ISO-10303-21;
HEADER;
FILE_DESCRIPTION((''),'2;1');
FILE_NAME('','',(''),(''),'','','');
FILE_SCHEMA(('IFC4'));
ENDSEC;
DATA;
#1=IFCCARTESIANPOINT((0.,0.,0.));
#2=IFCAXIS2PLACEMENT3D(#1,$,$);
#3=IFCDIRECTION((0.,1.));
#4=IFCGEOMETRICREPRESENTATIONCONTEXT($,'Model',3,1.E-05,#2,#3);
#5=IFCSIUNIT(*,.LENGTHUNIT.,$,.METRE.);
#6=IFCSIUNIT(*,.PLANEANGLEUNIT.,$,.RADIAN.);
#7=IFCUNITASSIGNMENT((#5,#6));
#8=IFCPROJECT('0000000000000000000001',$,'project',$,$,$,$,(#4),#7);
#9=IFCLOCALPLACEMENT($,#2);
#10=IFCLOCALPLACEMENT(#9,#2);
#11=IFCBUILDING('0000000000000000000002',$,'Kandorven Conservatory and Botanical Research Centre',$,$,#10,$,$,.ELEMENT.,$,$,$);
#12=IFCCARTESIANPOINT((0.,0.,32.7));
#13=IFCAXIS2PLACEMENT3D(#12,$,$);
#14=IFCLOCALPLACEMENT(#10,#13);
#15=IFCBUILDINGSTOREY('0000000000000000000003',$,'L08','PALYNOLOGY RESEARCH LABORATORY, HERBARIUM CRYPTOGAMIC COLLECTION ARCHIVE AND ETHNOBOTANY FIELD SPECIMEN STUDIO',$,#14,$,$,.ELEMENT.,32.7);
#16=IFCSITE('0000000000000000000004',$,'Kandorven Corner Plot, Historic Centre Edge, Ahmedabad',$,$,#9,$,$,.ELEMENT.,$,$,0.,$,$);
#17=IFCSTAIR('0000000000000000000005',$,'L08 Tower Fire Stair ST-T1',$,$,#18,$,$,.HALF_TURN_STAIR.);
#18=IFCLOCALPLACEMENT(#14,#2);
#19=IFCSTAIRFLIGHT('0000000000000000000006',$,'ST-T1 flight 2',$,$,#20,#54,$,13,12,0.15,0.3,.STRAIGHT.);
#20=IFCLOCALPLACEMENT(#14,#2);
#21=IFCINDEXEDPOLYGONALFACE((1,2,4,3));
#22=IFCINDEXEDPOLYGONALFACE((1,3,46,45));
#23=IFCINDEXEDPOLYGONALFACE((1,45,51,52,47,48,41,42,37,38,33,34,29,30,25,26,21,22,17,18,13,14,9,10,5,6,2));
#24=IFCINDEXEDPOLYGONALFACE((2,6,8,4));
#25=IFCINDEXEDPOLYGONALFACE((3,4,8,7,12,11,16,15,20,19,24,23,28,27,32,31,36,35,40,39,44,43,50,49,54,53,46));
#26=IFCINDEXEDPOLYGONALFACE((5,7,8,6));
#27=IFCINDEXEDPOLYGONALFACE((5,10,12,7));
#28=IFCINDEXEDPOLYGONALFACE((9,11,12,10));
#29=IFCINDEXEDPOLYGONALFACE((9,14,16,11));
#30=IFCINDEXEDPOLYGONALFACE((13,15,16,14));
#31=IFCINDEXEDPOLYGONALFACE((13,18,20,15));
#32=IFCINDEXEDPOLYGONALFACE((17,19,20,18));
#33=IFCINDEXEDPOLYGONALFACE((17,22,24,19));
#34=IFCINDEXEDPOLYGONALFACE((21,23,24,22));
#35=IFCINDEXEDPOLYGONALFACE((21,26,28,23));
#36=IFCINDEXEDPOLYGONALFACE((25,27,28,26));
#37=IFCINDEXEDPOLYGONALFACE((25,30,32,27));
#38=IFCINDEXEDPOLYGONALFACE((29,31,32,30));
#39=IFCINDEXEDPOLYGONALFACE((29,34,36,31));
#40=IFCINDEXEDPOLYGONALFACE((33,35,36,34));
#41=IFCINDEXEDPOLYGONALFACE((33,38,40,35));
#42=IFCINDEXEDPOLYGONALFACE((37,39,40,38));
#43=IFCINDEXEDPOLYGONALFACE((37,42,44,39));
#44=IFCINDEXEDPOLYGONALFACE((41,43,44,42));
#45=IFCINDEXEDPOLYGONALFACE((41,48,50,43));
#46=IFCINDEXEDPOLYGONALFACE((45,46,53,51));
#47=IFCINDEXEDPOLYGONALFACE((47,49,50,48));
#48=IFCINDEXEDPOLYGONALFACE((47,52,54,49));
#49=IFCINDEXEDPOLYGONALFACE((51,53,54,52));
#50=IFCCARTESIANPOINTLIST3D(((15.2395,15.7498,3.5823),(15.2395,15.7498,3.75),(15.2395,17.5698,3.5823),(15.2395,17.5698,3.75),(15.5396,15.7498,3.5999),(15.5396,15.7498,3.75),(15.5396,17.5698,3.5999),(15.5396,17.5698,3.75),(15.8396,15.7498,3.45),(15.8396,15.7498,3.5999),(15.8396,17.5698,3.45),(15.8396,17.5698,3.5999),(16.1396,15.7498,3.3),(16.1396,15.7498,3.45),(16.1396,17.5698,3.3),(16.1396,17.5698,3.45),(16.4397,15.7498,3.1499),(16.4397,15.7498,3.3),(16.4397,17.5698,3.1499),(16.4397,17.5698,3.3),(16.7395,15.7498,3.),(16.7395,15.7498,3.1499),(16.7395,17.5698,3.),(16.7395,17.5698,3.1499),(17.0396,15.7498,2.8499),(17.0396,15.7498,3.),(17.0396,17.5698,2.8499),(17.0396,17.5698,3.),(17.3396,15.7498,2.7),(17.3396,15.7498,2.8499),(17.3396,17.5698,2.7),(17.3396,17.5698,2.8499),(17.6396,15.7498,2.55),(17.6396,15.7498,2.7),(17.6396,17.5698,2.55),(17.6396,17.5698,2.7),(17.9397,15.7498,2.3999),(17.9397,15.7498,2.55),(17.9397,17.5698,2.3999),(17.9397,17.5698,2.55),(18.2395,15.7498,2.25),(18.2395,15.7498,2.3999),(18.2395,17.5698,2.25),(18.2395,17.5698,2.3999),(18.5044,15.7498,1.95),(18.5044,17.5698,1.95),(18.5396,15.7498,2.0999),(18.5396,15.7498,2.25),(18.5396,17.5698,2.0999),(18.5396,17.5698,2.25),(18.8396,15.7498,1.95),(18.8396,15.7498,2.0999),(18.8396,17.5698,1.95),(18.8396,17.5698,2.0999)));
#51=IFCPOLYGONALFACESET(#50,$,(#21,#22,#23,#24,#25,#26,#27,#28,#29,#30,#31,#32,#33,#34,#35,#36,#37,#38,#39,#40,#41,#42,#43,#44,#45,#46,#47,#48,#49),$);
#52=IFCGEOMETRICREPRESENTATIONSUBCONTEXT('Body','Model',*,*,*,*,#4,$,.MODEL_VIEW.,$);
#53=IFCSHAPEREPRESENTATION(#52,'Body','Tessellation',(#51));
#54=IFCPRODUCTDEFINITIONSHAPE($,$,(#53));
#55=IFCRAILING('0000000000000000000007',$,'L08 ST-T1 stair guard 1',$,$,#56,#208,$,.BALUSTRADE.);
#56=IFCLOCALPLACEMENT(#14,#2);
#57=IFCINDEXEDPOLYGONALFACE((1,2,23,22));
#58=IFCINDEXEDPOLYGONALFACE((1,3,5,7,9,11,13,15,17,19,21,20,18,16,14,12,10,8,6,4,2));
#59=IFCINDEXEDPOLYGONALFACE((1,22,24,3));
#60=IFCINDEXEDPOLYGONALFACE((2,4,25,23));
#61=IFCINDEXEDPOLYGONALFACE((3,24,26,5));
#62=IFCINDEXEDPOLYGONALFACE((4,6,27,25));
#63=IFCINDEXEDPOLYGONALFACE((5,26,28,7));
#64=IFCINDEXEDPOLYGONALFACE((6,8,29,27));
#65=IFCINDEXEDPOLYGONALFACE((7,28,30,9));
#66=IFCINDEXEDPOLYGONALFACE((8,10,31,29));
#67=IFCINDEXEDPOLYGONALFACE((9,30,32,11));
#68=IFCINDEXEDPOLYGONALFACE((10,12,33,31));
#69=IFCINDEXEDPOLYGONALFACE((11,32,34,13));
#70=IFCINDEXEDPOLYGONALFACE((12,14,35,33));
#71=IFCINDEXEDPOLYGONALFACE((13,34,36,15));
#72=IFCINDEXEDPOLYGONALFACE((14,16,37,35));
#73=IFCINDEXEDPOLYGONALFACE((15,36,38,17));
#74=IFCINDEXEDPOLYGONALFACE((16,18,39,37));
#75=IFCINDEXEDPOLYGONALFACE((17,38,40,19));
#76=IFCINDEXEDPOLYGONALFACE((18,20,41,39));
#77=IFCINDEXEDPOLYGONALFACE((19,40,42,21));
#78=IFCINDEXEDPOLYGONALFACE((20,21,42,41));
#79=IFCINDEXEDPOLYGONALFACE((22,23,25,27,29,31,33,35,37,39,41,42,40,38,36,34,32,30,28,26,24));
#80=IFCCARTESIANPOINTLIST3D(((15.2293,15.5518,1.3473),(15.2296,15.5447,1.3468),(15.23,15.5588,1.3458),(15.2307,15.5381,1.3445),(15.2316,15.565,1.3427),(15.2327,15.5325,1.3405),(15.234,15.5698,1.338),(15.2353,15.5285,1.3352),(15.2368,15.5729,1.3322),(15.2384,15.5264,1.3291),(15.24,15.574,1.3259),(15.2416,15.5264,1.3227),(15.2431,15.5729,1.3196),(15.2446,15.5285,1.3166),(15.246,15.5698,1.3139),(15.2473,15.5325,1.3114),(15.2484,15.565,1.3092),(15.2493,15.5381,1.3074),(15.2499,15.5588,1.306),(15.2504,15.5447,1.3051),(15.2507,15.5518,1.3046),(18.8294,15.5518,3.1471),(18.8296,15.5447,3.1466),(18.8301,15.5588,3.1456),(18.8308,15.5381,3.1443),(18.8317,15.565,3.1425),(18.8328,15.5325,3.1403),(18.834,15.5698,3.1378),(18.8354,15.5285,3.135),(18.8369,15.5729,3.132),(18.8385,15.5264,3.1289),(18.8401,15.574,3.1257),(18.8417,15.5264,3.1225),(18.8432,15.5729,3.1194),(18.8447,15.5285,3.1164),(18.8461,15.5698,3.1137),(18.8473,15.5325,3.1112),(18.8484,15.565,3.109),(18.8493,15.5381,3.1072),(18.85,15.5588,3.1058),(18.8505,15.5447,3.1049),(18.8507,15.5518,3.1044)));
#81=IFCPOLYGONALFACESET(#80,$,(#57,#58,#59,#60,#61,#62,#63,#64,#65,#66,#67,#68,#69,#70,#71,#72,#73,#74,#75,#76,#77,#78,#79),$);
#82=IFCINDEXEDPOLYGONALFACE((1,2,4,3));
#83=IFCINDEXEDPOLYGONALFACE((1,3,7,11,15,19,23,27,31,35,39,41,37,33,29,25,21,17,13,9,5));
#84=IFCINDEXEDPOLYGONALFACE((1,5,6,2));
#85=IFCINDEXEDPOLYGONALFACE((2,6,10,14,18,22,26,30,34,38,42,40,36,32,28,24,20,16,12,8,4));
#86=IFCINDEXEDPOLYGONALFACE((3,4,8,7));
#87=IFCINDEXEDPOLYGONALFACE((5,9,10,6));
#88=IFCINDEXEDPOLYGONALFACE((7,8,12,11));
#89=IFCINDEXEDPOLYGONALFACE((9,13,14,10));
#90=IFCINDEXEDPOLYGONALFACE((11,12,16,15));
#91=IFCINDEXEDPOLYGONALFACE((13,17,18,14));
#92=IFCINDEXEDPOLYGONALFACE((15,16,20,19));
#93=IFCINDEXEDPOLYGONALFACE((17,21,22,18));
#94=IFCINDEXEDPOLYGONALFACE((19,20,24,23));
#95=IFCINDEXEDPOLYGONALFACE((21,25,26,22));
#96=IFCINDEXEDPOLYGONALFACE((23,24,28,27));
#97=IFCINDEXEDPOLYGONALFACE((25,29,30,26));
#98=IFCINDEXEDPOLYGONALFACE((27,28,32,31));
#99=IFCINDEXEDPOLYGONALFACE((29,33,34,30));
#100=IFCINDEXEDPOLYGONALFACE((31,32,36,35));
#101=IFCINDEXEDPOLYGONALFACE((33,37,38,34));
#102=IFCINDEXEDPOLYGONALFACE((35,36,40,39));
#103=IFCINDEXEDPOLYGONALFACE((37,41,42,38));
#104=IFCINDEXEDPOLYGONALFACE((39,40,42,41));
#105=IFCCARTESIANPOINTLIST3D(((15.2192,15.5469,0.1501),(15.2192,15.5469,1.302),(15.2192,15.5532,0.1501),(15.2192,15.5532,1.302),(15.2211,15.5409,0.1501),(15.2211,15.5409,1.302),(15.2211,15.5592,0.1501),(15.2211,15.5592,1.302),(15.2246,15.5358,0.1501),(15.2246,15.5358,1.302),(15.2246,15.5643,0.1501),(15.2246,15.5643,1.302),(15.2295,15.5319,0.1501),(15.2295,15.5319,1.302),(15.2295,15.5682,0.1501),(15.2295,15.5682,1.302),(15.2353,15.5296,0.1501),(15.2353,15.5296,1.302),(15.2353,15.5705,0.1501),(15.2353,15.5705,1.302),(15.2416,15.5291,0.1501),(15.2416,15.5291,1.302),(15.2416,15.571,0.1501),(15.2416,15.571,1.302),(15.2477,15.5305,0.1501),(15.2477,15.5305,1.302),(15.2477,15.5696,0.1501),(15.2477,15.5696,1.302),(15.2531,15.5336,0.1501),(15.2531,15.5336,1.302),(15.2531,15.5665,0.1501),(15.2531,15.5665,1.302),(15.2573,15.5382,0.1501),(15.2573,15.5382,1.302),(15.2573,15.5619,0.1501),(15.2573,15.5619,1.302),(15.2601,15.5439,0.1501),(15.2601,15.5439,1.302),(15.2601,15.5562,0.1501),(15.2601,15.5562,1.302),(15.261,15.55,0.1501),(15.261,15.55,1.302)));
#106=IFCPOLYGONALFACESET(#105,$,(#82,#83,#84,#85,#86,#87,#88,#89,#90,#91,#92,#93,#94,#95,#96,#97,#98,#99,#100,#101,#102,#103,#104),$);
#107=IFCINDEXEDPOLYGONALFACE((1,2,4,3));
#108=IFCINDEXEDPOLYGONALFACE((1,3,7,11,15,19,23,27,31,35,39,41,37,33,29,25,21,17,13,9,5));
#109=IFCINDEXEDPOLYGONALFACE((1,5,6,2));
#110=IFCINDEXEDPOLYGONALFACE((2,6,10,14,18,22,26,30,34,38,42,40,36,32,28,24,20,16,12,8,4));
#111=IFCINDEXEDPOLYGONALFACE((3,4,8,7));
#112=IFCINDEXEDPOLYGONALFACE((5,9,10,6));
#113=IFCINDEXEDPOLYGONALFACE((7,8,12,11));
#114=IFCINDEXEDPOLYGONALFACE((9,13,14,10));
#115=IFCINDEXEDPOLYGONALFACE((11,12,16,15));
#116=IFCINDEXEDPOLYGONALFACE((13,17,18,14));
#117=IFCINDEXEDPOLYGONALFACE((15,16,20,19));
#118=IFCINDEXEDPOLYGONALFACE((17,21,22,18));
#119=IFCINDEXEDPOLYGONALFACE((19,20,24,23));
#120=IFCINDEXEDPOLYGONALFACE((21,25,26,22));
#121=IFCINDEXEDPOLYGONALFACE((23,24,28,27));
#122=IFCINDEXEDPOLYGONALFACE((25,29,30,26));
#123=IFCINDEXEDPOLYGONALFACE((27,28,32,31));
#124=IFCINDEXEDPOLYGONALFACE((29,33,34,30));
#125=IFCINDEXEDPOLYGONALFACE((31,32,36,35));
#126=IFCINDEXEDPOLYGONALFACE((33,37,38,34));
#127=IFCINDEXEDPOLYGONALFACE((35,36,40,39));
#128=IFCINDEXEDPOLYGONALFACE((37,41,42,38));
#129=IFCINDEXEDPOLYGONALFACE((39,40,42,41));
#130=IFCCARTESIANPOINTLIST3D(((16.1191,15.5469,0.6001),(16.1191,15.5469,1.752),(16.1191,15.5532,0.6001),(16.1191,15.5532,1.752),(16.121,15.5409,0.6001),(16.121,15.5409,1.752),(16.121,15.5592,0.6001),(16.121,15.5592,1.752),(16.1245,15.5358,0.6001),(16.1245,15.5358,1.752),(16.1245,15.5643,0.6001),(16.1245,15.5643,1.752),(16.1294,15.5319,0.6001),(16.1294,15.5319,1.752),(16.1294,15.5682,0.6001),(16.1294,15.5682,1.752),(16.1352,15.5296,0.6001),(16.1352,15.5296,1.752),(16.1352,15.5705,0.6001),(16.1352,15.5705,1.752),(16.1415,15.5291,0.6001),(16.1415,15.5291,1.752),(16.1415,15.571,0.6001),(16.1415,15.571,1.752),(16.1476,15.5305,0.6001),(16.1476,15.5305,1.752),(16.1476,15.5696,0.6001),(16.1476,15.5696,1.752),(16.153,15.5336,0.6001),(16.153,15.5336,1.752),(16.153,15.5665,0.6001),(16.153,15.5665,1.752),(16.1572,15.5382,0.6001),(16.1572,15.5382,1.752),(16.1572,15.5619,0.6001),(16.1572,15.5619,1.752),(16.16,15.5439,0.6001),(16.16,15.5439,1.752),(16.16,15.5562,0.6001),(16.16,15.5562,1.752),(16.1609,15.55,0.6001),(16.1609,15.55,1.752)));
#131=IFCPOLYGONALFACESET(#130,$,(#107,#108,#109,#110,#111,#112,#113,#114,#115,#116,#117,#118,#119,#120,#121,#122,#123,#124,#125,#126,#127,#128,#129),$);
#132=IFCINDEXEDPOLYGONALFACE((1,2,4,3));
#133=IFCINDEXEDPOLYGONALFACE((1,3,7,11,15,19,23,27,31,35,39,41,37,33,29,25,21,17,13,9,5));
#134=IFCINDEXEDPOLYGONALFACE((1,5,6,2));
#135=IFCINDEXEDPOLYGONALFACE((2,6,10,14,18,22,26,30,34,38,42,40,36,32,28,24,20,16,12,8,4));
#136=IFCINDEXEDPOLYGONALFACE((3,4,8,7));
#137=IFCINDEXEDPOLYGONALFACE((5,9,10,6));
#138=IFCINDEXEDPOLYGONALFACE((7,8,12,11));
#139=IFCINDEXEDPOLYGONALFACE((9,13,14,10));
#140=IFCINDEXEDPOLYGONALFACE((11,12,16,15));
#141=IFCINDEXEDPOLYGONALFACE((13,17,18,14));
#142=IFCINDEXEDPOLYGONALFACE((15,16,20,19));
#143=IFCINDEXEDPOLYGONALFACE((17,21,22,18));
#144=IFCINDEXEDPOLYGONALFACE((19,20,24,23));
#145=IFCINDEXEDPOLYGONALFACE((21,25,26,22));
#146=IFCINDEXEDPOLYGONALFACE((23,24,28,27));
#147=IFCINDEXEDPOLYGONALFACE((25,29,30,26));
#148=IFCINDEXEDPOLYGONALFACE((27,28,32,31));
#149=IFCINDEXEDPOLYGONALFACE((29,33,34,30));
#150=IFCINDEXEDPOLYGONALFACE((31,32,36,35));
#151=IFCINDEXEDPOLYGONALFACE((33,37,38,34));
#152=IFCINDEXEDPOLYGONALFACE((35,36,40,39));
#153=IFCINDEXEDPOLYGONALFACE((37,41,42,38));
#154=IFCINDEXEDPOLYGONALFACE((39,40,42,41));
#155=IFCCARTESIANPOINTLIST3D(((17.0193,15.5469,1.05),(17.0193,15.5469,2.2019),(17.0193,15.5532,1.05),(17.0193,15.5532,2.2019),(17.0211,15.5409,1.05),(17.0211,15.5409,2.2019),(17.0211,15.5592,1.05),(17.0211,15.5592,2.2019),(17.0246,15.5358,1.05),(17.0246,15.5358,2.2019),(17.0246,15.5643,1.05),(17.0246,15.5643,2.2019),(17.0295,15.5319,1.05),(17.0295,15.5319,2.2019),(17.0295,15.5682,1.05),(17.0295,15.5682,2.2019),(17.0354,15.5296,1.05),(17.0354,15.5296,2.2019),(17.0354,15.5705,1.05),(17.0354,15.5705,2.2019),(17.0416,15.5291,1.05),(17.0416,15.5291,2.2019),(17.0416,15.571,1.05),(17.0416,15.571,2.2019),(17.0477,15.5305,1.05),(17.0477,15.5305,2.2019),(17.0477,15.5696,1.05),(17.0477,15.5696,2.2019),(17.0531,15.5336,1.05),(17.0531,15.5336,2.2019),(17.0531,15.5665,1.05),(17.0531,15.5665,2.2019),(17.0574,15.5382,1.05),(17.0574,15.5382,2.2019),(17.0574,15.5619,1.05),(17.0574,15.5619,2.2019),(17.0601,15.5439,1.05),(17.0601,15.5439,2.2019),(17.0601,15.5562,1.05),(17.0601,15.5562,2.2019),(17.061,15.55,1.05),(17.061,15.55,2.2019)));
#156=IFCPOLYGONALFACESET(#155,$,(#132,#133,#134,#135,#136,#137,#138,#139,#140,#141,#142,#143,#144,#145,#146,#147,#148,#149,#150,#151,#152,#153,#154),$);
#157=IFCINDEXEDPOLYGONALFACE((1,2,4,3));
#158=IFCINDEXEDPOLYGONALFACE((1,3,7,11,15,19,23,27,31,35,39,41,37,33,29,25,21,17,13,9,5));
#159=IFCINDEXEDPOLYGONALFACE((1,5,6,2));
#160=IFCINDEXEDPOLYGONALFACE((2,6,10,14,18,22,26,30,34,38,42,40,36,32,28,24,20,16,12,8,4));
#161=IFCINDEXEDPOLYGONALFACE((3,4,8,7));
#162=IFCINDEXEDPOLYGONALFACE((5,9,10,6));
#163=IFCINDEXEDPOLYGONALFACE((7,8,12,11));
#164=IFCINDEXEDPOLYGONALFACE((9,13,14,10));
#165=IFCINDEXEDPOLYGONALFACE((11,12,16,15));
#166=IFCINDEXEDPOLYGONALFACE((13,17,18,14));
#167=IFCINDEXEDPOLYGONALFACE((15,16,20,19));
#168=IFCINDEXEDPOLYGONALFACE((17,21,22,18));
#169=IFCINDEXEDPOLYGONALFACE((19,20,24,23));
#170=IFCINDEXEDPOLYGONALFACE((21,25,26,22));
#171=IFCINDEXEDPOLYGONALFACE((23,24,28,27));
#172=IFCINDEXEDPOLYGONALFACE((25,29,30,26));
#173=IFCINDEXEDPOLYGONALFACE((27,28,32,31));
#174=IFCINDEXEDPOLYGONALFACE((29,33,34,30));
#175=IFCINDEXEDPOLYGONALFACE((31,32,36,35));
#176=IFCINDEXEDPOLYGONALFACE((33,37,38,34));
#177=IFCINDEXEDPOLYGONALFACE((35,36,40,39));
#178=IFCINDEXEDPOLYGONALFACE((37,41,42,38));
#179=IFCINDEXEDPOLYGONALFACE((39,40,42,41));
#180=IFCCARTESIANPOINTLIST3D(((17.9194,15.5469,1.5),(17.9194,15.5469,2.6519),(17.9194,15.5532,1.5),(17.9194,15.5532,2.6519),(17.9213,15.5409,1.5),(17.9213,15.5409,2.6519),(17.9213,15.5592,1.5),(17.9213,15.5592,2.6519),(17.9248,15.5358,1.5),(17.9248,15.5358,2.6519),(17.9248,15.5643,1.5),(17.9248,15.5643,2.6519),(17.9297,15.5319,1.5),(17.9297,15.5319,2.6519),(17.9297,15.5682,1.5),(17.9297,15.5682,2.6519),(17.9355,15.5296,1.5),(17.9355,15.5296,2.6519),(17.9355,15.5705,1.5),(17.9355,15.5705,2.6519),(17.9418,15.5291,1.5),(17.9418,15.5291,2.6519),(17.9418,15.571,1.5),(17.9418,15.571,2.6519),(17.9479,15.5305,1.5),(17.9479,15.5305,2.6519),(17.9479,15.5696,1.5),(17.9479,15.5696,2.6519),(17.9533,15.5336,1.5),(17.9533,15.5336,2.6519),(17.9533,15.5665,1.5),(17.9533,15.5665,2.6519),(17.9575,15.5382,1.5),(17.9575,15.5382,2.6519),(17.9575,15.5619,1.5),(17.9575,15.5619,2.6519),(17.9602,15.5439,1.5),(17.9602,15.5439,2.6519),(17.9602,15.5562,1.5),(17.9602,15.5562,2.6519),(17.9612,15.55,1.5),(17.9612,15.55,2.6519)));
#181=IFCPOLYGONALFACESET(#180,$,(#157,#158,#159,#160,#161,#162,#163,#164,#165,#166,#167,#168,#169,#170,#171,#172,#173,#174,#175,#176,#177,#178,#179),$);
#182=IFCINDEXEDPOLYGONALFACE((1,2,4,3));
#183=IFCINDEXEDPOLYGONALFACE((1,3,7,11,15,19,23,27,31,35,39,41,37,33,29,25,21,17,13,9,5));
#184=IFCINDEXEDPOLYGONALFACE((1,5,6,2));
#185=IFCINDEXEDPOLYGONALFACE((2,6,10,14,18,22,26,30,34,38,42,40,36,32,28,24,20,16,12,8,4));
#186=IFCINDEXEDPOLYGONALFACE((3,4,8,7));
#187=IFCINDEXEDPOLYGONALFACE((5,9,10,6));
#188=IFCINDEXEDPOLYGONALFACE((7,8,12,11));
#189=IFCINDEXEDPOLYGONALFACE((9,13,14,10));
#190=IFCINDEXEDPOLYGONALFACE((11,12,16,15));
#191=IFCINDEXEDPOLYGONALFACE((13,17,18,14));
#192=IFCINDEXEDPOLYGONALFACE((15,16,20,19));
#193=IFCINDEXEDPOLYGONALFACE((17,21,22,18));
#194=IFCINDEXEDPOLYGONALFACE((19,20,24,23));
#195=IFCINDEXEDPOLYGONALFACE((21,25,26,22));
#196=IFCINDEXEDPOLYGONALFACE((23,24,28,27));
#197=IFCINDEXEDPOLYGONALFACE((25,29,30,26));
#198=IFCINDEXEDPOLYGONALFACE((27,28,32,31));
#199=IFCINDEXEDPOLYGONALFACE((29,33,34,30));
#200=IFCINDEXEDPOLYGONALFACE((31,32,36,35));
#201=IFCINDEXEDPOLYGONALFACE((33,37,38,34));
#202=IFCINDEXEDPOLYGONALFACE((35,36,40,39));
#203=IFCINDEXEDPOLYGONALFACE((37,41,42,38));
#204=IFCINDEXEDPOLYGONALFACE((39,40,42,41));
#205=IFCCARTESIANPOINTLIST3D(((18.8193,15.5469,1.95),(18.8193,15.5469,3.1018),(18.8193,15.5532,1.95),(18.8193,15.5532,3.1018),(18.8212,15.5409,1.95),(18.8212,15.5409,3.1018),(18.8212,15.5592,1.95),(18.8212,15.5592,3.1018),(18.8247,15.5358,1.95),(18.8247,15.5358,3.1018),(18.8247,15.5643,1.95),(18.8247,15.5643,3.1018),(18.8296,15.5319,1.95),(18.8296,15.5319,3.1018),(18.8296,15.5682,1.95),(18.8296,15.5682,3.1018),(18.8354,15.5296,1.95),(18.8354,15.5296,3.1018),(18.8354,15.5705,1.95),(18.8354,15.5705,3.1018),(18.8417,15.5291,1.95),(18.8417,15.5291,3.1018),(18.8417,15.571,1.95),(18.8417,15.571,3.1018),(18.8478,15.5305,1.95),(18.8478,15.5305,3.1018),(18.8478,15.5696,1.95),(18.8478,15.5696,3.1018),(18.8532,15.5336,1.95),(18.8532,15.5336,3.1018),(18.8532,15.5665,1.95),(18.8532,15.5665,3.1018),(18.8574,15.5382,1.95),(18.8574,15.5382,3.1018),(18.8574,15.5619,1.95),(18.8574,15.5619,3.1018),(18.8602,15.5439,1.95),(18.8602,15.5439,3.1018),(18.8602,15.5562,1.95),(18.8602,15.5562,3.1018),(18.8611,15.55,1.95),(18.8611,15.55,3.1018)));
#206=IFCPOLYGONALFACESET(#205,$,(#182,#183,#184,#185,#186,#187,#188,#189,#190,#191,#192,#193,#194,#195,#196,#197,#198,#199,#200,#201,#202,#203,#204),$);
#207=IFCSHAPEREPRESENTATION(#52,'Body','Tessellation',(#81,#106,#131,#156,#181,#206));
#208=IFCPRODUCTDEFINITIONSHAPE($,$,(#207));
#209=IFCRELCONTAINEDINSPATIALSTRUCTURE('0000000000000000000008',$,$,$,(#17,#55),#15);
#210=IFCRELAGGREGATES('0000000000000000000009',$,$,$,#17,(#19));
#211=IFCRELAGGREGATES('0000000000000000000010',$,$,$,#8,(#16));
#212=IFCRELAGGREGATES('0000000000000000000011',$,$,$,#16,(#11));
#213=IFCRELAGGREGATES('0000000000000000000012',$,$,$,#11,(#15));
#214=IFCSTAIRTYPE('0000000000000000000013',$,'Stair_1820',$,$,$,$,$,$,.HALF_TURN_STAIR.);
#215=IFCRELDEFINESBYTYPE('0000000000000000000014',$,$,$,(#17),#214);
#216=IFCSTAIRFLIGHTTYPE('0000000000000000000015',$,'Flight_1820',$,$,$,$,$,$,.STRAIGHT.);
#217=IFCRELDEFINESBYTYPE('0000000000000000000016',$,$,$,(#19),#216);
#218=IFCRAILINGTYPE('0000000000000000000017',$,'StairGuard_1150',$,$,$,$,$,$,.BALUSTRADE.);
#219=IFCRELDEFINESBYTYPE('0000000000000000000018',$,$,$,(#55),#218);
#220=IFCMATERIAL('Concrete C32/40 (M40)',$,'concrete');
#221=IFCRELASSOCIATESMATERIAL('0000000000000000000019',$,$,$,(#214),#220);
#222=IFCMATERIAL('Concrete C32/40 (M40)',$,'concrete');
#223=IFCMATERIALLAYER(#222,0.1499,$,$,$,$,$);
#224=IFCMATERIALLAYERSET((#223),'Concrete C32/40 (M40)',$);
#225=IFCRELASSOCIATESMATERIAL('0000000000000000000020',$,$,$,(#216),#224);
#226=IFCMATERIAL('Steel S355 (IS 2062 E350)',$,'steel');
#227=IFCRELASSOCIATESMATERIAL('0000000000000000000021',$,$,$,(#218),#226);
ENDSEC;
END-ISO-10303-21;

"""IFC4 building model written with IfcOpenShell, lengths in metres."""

from ifc_helpers import new_model, si_unit, direction, frame, origin, origin_2d, place, context, subcontext, project, spatial, polyline, circle, outline, extrude, material, layer, layer_set, type_object, element, aggregate, save


model = new_model("IFC4")

# Units and contexts
model_context = context("Model", 3, precision=1e-05, world=origin(), true_north=direction((0.0, 1.0)))
body_context = subcontext(model_context, "Body", "Model", "MODEL_VIEW")
ifc_project = project(units=[si_unit("LENGTHUNIT", "METRE"), si_unit("PLANEANGLEUNIT", "RADIAN")], contexts=[model_context])

# Site, building, storey
site_placement = place(None, origin())
site = spatial("IfcSite", under=ifc_project, at=site_placement, Name="Kandorven Corner Plot, Historic Centre Edge, Ahmedabad", CompositionType="ELEMENT", RefElevation=0.0)
building_placement = place(site_placement, origin())
building = spatial("IfcBuilding", under=site, at=building_placement, Name="Kandorven Conservatory and Botanical Research Centre", CompositionType="ELEMENT")
storey_placement = place(building_placement, frame((0.0, 0.0, 32.7)))
storey = spatial("IfcBuildingStorey", under=building, at=storey_placement, Name="L08", Description="PALYNOLOGY RESEARCH LABORATORY, HERBARIUM CRYPTOGAMIC COLLECTION ARCHIVE AND ETHNOBOTANY FIELD SPECIMEN STUDIO", CompositionType="ELEMENT", Elevation=32.7)

# Stair, stair flight
ifc_material_1 = material(Name="Concrete C32/40 (M40)", Category="concrete")
stair_type = type_object("IfcStairType", Name="Stair_1820", PredefinedType="HALF_TURN_STAIR", material=ifc_material_1)
stair_placement = place(storey_placement, origin())
stair = element("IfcStair", 1, at=stair_placement, inside=storey, type_object=stair_type, Name="L08 Tower Fire Stair ST-T1", PredefinedType="HALF_TURN_STAIR")
ifc_material_2 = material(Name="Concrete C32/40 (M40)", Category="concrete")
ifc_layer_1 = layer(ifc_material_2, 0.1499)
ifc_layer_set_1 = layer_set([ifc_layer_1], Name="Concrete C32/40 (M40)")
stair_flight_type = type_object("IfcStairFlightType", Name="Flight_1820", PredefinedType="STRAIGHT", material=ifc_layer_set_1)
stair_flight_1_placement = place(storey_placement, frame((18.8396, 16.6599, 1.95), z_axis=(0.0, 0.0, 1.0), x_axis=(-1.0, 0.0, 0.0)))
stair_flight_1 = element("IfcStairFlight", 2, at=stair_flight_1_placement, type_object=stair_flight_type, Name="ST-T1 flight 2", NumberOfRisers=13, NumberOfTreads=12, PredefinedType="STRAIGHT", RiserHeight=0.15, TreadLength=0.3, context=body_context, shape_type="SweptSolid", body=[
    extrude(outline(polyline([(0.0, 0.0), (0.0, 0.1499), (0.3, 0.1499), (0.3, 0.3), (0.6001, 0.3), (0.6001, 0.45), (0.8999, 0.45), (0.8999, 0.6001), (1.2, 0.6001), (1.2, 0.75), (1.5, 0.75), (1.5, 0.8999), (1.8, 0.8999), (1.8, 1.05), (2.1001, 1.05), (2.1001, 1.2), (2.3999, 1.2), (2.3999, 1.3501), (2.7, 1.3501), (2.7, 1.5), (3.0, 1.5), (3.0, 1.6499), (3.3, 1.6499), (3.3, 1.8), (3.6001, 1.8), (3.6001, 1.95), (3.6001, 1.6323), (0.3352, 0.0), (0.0, 0.0)])), frame((0.0, 0.9102, 0.0), z_axis=(0.0, -1.0, 0.0), x_axis=(1.0, 0.0, 0.0)), (0.0, 0.0, 1.0), 1.8201),
])
aggregate(stair, [stair_flight_1])

# Railing
ifc_material_3 = material(Name="Steel S355 (IS 2062 E350)", Category="steel")
railing_type_1 = type_object("IfcRailingType", Name="StairGuard_1150", PredefinedType="BALUSTRADE", material=ifc_material_3)
railing_1_placement = place(storey_placement, frame((15.24, 15.55, 0.1501)))
element("IfcRailing", 3, at=railing_1_placement, inside=storey, type_object=railing_type_1, Name="L08 ST-T1 stair guard 1", PredefinedType="BALUSTRADE", context=body_context, shape_type="SweptSolid", body=[
    extrude(circle(Radius=0.0239, at=origin_2d()), frame((0.0, 0.0, 1.1758), z_axis=(0.894451, 0.0, 0.447165), x_axis=(0.0, 1.0, 0.0)), (0.0, 0.0, 1.0), 4.0249),
    extrude(circle(Radius=0.021, at=origin_2d()), origin(), (0.0, 0.0, 1.0), 1.1519),
    extrude(circle(Radius=0.021, at=origin_2d()), frame((0.8999, 0.0, 0.45)), (0.0, 0.0, 1.0), 1.1519),
    extrude(circle(Radius=0.021, at=origin_2d()), frame((1.8, 0.0, 0.8999)), (0.0, 0.0, 1.0), 1.1519),
    extrude(circle(Radius=0.021, at=origin_2d()), frame((2.7002, 0.0, 1.3499)), (0.0, 0.0, 1.0), 1.1519),
    extrude(circle(Radius=0.021, at=origin_2d()), frame((3.6001, 0.0, 1.7998)), (0.0, 0.0, 1.0), 1.1519),
])

save(model, "model.ifc")
